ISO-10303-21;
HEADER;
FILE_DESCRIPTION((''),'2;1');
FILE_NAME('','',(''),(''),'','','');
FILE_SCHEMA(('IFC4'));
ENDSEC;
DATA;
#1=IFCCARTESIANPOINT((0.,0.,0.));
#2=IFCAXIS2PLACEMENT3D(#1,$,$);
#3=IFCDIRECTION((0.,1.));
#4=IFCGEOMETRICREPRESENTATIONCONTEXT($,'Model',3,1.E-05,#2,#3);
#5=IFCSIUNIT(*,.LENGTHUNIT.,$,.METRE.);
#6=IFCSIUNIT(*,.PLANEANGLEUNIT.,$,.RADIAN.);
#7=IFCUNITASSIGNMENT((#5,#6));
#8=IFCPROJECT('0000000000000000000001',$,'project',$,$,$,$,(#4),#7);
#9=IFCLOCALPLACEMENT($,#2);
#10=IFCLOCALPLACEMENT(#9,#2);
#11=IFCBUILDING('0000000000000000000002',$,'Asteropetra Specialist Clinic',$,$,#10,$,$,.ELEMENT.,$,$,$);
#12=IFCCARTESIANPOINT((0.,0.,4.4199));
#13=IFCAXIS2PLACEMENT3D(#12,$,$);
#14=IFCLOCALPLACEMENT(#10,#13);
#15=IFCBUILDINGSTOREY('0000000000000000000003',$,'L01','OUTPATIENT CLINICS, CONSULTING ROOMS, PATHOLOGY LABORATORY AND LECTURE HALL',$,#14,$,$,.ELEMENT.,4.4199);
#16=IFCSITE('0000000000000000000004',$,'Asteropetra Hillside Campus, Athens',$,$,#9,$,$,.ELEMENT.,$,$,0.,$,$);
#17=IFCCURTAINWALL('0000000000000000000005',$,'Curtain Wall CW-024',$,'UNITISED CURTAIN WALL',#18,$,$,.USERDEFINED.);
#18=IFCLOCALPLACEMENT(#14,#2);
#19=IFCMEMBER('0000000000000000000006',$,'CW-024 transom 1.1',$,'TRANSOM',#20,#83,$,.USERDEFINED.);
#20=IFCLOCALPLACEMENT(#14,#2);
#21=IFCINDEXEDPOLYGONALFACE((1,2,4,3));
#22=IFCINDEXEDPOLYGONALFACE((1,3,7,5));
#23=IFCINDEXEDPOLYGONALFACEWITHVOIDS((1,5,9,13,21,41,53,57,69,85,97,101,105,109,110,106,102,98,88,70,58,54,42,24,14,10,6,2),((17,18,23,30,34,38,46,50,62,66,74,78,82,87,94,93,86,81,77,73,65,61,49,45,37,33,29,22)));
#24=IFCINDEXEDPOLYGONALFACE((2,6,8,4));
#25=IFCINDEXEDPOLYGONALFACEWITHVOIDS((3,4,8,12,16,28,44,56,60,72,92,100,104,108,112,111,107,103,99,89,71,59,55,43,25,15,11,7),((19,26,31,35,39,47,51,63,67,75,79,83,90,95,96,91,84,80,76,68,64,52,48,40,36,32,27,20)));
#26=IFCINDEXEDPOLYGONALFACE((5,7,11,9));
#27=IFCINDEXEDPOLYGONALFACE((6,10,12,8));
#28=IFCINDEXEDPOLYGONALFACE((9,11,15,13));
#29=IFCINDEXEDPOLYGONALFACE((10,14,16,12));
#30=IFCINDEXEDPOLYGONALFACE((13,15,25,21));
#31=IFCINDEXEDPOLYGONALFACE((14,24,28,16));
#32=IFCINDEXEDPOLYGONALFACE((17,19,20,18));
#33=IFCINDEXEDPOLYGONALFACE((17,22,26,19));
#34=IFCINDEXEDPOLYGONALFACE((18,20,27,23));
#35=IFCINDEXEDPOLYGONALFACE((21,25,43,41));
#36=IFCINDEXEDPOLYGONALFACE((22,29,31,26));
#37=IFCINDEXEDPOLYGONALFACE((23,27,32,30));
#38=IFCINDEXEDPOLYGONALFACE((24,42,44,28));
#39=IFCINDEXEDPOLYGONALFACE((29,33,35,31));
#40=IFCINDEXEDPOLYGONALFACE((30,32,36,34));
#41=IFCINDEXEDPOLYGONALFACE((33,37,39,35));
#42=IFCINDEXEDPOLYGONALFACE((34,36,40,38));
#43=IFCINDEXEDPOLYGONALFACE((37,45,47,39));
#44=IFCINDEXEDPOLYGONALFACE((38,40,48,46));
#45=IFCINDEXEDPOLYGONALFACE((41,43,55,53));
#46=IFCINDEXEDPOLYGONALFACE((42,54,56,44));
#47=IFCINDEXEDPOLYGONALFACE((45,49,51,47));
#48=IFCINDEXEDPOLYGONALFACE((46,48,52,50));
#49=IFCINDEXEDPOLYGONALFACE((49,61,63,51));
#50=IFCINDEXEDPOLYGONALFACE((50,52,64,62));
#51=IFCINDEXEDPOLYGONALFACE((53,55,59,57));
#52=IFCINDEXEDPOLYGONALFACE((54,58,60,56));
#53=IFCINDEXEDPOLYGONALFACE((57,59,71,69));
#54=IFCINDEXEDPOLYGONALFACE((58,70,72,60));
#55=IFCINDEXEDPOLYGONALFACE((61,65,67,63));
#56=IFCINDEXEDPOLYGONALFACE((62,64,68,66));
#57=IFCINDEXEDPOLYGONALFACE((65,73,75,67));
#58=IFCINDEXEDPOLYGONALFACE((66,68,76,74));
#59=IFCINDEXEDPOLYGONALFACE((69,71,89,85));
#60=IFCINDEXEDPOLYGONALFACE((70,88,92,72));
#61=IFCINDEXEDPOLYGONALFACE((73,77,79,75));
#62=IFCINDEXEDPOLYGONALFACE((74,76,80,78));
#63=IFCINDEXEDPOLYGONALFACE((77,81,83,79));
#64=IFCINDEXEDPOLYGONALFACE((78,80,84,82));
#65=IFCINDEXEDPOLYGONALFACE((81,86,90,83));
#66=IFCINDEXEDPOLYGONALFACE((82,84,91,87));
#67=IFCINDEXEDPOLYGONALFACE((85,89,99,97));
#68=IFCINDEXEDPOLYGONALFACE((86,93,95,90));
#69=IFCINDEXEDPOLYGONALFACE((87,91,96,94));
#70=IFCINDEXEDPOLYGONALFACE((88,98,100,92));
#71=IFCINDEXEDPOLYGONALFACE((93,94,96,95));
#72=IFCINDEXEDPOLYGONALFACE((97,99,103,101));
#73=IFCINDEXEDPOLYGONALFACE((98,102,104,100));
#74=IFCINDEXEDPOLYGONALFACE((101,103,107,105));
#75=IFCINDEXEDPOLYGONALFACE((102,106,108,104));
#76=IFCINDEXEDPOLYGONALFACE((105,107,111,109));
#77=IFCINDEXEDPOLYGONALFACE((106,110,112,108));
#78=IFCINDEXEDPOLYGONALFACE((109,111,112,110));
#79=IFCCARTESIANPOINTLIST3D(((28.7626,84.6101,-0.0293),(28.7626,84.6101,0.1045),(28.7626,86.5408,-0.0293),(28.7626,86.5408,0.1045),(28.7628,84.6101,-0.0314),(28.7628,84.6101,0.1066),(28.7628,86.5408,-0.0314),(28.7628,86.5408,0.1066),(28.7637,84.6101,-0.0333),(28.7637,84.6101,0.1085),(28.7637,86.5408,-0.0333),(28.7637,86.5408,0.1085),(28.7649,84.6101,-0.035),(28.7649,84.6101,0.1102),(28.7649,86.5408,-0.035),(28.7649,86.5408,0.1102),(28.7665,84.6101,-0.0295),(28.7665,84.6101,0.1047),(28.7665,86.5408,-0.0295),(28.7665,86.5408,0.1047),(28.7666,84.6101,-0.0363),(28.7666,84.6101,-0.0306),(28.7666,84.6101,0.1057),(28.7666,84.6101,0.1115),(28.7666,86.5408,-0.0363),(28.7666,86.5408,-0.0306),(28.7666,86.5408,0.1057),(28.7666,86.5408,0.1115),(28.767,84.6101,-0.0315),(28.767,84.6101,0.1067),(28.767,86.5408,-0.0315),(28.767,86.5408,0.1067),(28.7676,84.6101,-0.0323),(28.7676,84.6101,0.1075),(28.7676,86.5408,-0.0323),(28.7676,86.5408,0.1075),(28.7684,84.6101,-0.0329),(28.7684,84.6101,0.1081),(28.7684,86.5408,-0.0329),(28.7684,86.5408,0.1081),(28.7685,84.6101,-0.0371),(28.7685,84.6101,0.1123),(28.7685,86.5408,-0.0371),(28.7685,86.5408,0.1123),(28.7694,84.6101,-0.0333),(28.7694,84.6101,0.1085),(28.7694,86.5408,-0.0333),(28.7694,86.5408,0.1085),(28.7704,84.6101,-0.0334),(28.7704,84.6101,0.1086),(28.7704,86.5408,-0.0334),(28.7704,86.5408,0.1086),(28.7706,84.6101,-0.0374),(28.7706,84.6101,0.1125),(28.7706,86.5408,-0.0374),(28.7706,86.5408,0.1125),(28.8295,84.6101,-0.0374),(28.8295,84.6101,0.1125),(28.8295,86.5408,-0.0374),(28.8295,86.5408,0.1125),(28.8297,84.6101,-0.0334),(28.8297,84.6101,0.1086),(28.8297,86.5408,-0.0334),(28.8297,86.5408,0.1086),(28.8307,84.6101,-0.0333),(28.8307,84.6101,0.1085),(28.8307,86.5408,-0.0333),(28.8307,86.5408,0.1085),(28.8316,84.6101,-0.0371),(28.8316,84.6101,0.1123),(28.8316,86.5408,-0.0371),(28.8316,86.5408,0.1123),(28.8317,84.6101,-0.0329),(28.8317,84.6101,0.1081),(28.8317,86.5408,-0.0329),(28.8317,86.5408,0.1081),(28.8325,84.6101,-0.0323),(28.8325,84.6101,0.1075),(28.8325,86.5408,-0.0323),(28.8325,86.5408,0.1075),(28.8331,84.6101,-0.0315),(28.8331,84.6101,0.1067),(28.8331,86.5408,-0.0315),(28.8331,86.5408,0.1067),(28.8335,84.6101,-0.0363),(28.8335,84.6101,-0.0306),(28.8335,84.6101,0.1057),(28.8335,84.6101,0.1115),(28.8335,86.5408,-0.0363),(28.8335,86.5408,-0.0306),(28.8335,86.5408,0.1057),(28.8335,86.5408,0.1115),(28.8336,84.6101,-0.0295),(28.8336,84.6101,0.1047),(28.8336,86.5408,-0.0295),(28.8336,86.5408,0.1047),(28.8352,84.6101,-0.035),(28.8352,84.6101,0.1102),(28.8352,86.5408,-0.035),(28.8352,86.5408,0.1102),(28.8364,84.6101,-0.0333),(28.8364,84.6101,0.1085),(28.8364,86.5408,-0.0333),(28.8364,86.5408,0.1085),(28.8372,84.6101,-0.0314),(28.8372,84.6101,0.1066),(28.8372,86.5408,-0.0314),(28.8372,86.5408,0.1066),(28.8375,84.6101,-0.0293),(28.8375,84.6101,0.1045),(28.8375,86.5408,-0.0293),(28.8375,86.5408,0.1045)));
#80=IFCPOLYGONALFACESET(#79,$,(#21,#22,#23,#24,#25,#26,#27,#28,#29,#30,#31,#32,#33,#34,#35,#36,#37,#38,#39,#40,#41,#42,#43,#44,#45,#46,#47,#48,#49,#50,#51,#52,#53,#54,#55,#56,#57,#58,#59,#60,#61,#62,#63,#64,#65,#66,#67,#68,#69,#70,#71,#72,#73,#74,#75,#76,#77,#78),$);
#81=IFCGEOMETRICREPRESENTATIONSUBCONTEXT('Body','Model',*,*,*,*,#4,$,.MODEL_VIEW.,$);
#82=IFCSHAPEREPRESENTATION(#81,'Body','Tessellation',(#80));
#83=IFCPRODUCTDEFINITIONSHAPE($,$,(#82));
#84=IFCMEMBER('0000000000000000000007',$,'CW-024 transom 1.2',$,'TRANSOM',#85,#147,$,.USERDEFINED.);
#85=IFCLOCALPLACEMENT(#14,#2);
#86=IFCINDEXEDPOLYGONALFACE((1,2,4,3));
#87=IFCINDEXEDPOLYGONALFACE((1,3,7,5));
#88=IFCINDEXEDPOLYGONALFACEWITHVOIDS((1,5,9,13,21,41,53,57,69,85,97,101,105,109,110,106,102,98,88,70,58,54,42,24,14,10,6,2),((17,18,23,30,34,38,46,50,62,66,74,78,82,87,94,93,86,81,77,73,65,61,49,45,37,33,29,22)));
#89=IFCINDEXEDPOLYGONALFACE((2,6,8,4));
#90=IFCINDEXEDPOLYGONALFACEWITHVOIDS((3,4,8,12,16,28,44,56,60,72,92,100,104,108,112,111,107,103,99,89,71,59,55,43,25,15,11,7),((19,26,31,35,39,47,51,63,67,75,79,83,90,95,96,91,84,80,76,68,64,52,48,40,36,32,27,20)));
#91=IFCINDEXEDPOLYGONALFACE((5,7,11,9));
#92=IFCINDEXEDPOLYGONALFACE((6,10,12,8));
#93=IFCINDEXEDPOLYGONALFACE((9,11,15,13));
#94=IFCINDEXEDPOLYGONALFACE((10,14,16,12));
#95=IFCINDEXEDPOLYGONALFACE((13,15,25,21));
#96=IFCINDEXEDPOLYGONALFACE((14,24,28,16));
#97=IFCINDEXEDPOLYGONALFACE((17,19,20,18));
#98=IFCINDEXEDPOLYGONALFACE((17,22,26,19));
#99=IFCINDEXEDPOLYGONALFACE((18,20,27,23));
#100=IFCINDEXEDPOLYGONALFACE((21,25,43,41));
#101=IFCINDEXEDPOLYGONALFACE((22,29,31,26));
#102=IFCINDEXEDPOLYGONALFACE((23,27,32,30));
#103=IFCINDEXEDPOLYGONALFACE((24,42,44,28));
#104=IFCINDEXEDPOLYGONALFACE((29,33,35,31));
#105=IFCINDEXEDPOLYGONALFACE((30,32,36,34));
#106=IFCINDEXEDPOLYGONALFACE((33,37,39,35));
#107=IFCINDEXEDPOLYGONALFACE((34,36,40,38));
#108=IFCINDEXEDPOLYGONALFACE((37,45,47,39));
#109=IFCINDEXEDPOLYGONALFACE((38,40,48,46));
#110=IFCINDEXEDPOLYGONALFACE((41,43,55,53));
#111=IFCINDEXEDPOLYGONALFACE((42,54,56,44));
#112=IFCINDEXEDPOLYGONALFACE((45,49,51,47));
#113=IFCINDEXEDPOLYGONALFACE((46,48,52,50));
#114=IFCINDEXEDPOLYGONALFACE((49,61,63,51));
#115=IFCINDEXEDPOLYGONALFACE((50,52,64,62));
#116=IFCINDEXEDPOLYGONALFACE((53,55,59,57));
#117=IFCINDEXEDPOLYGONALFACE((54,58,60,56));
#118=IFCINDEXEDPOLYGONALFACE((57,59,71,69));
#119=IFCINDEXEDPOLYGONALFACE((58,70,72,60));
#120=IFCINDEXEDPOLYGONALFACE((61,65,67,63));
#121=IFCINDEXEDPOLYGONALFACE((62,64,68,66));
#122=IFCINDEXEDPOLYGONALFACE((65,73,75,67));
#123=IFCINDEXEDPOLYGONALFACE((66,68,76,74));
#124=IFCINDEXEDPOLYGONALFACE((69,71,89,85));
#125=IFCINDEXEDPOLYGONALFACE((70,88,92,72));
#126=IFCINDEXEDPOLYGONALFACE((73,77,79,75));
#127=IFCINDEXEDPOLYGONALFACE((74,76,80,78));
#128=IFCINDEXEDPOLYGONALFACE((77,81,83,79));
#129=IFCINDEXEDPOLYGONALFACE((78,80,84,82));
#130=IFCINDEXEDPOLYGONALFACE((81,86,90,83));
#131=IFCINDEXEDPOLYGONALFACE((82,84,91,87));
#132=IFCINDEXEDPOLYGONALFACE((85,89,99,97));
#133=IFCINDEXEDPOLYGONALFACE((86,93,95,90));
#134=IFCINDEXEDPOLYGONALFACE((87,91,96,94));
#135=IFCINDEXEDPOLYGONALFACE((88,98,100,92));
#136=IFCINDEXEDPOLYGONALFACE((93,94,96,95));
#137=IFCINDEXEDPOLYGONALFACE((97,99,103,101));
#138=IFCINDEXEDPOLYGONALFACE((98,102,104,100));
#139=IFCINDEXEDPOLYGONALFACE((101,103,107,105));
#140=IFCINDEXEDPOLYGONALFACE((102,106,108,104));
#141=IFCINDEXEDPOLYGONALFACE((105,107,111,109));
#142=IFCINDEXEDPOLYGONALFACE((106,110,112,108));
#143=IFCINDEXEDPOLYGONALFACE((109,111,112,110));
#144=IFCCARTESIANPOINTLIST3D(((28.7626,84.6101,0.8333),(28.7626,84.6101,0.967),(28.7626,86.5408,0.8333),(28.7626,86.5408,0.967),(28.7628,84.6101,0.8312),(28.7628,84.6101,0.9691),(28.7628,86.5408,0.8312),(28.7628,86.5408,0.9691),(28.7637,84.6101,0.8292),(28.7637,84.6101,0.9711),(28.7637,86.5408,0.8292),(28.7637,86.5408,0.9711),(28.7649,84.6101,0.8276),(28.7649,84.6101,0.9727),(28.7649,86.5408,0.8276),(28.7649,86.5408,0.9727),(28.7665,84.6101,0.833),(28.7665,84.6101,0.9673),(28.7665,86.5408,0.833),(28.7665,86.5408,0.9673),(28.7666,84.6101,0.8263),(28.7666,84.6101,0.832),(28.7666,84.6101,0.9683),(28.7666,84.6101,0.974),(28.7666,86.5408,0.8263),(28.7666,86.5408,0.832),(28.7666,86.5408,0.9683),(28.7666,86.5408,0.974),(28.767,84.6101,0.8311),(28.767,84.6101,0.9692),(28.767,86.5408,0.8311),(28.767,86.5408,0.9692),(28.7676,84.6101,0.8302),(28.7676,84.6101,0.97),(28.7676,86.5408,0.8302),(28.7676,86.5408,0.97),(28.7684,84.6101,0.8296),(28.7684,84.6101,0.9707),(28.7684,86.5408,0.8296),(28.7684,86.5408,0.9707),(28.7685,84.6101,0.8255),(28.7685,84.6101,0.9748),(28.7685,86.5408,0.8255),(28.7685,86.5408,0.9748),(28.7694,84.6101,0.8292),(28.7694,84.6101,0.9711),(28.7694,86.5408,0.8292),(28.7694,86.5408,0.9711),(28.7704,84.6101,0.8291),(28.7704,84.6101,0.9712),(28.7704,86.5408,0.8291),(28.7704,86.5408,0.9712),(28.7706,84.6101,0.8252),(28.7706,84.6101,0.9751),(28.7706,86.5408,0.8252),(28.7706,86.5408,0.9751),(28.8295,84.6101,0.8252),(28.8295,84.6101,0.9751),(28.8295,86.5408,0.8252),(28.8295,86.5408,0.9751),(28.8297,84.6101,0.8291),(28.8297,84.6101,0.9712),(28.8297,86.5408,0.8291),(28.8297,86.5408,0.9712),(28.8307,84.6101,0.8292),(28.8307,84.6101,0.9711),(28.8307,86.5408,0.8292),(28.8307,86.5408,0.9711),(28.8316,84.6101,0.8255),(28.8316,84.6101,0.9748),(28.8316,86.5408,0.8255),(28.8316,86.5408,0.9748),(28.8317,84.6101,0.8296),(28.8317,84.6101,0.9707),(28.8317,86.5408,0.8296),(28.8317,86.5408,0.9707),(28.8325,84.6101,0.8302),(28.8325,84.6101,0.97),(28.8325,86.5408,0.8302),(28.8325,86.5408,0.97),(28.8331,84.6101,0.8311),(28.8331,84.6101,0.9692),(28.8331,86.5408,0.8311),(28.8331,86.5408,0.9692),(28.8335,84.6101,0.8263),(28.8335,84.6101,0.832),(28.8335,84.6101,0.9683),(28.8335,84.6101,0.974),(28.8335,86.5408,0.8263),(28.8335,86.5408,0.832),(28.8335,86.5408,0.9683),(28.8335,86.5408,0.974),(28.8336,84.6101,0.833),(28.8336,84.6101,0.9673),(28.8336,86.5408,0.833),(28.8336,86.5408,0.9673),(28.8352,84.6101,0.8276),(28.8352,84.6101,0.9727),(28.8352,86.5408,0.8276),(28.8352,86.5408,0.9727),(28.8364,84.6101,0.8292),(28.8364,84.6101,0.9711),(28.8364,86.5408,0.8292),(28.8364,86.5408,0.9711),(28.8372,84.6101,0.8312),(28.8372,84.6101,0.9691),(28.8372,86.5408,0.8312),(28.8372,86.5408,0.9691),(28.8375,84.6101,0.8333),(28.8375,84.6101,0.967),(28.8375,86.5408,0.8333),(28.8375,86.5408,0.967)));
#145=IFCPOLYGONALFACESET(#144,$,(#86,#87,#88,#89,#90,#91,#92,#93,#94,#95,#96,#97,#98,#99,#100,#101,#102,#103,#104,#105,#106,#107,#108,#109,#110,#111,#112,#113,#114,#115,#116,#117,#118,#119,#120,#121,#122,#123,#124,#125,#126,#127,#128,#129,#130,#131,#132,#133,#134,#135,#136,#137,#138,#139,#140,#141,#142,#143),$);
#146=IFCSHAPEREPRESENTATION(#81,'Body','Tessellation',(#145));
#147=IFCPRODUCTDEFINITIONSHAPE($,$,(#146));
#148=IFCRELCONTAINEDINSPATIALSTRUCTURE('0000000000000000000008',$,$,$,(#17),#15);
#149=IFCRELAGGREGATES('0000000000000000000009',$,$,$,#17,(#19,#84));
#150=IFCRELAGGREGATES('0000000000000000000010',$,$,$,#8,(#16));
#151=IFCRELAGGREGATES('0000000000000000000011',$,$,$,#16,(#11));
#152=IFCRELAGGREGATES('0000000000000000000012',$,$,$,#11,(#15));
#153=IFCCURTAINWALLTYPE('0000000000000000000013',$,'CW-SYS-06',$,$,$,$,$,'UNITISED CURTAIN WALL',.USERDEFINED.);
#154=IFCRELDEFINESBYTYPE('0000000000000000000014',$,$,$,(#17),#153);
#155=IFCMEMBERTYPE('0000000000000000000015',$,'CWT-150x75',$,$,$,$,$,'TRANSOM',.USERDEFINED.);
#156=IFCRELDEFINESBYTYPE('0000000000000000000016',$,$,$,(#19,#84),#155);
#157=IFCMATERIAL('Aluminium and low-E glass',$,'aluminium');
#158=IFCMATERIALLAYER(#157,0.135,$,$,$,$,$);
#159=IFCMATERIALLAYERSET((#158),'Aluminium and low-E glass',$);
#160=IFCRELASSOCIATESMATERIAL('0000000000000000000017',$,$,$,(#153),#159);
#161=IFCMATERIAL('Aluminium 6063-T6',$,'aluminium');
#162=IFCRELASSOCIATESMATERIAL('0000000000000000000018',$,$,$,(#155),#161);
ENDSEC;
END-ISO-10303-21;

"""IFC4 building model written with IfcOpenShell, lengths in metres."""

from ifc_helpers import new_model, si_unit, direction, frame, origin, origin_2d, place, context, subcontext, project, spatial, hollow_rectangle, extrude, material, layer, layer_set, material_profile, profile_set, type_object, element, aggregate, save


model = new_model("IFC4")

# Units and contexts
model_context = context("Model", 3, precision=1e-05, world=origin(), true_north=direction((0.0, 1.0)))
body_context = subcontext(model_context, "Body", "Model", "MODEL_VIEW")
ifc_project = project(units=[si_unit("LENGTHUNIT", "METRE"), si_unit("PLANEANGLEUNIT", "RADIAN")], contexts=[model_context])

# Site, building, storey
site_placement = place(None, origin())
site = spatial("IfcSite", under=ifc_project, at=site_placement, Name="Asteropetra Hillside Campus, Athens", CompositionType="ELEMENT", RefElevation=0.0)
building_placement = place(site_placement, origin())
building = spatial("IfcBuilding", under=site, at=building_placement, Name="Asteropetra Specialist Clinic", CompositionType="ELEMENT")
storey_placement = place(building_placement, frame((0.0, 0.0, 4.4199)))
storey = spatial("IfcBuildingStorey", under=building, at=storey_placement, Name="L01", Description="OUTPATIENT CLINICS, CONSULTING ROOMS, PATHOLOGY LABORATORY AND LECTURE HALL", CompositionType="ELEMENT", Elevation=4.4199)

# Curtain wall
ifc_material_1 = material(Name="Aluminium and low-E glass", Category="aluminium")
ifc_layer_1 = layer(ifc_material_1, 0.135)
ifc_layer_set_1 = layer_set([ifc_layer_1], Name="Aluminium and low-E glass")
curtain_wall_type_1 = type_object("IfcCurtainWallType", Name="CW-SYS-06", ElementType="UNITISED CURTAIN WALL", PredefinedType="USERDEFINED", material=ifc_layer_set_1)
curtain_wall_1_placement = place(storey_placement, origin())
curtain_wall_1 = element("IfcCurtainWall", 1, at=curtain_wall_1_placement, inside=storey, type_object=curtain_wall_type_1, Name="Curtain Wall CW-024", ObjectType="UNITISED CURTAIN WALL", PredefinedType="USERDEFINED")

# Members
ifc_material_2 = material(Name="Aluminium 6063-T6", Category="aluminium")
ifc_material_profile_1 = material_profile(ifc_material_2, hollow_rectangle(XDim=0.075, YDim=0.1499, WallThickness=0.0039, InnerFilletRadius=0.0039, OuterFilletRadius=0.0081, at=origin_2d()), Name="TRN 150x75x4.0")
ifc_profile_set_1 = profile_set([ifc_material_profile_1], Name="Aluminium 6063-T6")
member_type_1 = type_object("IfcMemberType", Name="CWT-150x75", ElementType="TRANSOM", PredefinedType="USERDEFINED", material=ifc_profile_set_1)
member_1_placement = place(storey_placement, frame((28.8, 84.6101, 0.0376), z_axis=(0.0, 1.0, 0.0), x_axis=(-1.0, 0.0, 0.0)))
member_1 = element("IfcMember", 2, at=member_1_placement, type_object=member_type_1, Name="CW-024 transom 1.1", ObjectType="TRANSOM", PredefinedType="USERDEFINED", context=body_context, shape_type="SweptSolid", body=[
    extrude(hollow_rectangle(XDim=0.075, YDim=0.1499, WallThickness=0.0039, InnerFilletRadius=0.0039, OuterFilletRadius=0.0081, at=origin_2d()), origin(), (0.0, 0.0, 1.0), 1.9307),
])
member_2_placement = place(storey_placement, frame((28.8, 84.6101, 0.9001), z_axis=(0.0, 1.0, 0.0), x_axis=(-1.0, 0.0, 0.0)))
member_2 = element("IfcMember", 3, at=member_2_placement, type_object=member_type_1, Name="CW-024 transom 1.2", ObjectType="TRANSOM", PredefinedType="USERDEFINED", context=body_context, shape_type="SweptSolid", body=[
    extrude(hollow_rectangle(XDim=0.075, YDim=0.1499, WallThickness=0.0039, InnerFilletRadius=0.0039, OuterFilletRadius=0.0081, at=origin_2d()), origin(), (0.0, 0.0, 1.0), 1.9307),
])
aggregate(curtain_wall_1, [member_1, member_2])

save(model, "model.ifc")
